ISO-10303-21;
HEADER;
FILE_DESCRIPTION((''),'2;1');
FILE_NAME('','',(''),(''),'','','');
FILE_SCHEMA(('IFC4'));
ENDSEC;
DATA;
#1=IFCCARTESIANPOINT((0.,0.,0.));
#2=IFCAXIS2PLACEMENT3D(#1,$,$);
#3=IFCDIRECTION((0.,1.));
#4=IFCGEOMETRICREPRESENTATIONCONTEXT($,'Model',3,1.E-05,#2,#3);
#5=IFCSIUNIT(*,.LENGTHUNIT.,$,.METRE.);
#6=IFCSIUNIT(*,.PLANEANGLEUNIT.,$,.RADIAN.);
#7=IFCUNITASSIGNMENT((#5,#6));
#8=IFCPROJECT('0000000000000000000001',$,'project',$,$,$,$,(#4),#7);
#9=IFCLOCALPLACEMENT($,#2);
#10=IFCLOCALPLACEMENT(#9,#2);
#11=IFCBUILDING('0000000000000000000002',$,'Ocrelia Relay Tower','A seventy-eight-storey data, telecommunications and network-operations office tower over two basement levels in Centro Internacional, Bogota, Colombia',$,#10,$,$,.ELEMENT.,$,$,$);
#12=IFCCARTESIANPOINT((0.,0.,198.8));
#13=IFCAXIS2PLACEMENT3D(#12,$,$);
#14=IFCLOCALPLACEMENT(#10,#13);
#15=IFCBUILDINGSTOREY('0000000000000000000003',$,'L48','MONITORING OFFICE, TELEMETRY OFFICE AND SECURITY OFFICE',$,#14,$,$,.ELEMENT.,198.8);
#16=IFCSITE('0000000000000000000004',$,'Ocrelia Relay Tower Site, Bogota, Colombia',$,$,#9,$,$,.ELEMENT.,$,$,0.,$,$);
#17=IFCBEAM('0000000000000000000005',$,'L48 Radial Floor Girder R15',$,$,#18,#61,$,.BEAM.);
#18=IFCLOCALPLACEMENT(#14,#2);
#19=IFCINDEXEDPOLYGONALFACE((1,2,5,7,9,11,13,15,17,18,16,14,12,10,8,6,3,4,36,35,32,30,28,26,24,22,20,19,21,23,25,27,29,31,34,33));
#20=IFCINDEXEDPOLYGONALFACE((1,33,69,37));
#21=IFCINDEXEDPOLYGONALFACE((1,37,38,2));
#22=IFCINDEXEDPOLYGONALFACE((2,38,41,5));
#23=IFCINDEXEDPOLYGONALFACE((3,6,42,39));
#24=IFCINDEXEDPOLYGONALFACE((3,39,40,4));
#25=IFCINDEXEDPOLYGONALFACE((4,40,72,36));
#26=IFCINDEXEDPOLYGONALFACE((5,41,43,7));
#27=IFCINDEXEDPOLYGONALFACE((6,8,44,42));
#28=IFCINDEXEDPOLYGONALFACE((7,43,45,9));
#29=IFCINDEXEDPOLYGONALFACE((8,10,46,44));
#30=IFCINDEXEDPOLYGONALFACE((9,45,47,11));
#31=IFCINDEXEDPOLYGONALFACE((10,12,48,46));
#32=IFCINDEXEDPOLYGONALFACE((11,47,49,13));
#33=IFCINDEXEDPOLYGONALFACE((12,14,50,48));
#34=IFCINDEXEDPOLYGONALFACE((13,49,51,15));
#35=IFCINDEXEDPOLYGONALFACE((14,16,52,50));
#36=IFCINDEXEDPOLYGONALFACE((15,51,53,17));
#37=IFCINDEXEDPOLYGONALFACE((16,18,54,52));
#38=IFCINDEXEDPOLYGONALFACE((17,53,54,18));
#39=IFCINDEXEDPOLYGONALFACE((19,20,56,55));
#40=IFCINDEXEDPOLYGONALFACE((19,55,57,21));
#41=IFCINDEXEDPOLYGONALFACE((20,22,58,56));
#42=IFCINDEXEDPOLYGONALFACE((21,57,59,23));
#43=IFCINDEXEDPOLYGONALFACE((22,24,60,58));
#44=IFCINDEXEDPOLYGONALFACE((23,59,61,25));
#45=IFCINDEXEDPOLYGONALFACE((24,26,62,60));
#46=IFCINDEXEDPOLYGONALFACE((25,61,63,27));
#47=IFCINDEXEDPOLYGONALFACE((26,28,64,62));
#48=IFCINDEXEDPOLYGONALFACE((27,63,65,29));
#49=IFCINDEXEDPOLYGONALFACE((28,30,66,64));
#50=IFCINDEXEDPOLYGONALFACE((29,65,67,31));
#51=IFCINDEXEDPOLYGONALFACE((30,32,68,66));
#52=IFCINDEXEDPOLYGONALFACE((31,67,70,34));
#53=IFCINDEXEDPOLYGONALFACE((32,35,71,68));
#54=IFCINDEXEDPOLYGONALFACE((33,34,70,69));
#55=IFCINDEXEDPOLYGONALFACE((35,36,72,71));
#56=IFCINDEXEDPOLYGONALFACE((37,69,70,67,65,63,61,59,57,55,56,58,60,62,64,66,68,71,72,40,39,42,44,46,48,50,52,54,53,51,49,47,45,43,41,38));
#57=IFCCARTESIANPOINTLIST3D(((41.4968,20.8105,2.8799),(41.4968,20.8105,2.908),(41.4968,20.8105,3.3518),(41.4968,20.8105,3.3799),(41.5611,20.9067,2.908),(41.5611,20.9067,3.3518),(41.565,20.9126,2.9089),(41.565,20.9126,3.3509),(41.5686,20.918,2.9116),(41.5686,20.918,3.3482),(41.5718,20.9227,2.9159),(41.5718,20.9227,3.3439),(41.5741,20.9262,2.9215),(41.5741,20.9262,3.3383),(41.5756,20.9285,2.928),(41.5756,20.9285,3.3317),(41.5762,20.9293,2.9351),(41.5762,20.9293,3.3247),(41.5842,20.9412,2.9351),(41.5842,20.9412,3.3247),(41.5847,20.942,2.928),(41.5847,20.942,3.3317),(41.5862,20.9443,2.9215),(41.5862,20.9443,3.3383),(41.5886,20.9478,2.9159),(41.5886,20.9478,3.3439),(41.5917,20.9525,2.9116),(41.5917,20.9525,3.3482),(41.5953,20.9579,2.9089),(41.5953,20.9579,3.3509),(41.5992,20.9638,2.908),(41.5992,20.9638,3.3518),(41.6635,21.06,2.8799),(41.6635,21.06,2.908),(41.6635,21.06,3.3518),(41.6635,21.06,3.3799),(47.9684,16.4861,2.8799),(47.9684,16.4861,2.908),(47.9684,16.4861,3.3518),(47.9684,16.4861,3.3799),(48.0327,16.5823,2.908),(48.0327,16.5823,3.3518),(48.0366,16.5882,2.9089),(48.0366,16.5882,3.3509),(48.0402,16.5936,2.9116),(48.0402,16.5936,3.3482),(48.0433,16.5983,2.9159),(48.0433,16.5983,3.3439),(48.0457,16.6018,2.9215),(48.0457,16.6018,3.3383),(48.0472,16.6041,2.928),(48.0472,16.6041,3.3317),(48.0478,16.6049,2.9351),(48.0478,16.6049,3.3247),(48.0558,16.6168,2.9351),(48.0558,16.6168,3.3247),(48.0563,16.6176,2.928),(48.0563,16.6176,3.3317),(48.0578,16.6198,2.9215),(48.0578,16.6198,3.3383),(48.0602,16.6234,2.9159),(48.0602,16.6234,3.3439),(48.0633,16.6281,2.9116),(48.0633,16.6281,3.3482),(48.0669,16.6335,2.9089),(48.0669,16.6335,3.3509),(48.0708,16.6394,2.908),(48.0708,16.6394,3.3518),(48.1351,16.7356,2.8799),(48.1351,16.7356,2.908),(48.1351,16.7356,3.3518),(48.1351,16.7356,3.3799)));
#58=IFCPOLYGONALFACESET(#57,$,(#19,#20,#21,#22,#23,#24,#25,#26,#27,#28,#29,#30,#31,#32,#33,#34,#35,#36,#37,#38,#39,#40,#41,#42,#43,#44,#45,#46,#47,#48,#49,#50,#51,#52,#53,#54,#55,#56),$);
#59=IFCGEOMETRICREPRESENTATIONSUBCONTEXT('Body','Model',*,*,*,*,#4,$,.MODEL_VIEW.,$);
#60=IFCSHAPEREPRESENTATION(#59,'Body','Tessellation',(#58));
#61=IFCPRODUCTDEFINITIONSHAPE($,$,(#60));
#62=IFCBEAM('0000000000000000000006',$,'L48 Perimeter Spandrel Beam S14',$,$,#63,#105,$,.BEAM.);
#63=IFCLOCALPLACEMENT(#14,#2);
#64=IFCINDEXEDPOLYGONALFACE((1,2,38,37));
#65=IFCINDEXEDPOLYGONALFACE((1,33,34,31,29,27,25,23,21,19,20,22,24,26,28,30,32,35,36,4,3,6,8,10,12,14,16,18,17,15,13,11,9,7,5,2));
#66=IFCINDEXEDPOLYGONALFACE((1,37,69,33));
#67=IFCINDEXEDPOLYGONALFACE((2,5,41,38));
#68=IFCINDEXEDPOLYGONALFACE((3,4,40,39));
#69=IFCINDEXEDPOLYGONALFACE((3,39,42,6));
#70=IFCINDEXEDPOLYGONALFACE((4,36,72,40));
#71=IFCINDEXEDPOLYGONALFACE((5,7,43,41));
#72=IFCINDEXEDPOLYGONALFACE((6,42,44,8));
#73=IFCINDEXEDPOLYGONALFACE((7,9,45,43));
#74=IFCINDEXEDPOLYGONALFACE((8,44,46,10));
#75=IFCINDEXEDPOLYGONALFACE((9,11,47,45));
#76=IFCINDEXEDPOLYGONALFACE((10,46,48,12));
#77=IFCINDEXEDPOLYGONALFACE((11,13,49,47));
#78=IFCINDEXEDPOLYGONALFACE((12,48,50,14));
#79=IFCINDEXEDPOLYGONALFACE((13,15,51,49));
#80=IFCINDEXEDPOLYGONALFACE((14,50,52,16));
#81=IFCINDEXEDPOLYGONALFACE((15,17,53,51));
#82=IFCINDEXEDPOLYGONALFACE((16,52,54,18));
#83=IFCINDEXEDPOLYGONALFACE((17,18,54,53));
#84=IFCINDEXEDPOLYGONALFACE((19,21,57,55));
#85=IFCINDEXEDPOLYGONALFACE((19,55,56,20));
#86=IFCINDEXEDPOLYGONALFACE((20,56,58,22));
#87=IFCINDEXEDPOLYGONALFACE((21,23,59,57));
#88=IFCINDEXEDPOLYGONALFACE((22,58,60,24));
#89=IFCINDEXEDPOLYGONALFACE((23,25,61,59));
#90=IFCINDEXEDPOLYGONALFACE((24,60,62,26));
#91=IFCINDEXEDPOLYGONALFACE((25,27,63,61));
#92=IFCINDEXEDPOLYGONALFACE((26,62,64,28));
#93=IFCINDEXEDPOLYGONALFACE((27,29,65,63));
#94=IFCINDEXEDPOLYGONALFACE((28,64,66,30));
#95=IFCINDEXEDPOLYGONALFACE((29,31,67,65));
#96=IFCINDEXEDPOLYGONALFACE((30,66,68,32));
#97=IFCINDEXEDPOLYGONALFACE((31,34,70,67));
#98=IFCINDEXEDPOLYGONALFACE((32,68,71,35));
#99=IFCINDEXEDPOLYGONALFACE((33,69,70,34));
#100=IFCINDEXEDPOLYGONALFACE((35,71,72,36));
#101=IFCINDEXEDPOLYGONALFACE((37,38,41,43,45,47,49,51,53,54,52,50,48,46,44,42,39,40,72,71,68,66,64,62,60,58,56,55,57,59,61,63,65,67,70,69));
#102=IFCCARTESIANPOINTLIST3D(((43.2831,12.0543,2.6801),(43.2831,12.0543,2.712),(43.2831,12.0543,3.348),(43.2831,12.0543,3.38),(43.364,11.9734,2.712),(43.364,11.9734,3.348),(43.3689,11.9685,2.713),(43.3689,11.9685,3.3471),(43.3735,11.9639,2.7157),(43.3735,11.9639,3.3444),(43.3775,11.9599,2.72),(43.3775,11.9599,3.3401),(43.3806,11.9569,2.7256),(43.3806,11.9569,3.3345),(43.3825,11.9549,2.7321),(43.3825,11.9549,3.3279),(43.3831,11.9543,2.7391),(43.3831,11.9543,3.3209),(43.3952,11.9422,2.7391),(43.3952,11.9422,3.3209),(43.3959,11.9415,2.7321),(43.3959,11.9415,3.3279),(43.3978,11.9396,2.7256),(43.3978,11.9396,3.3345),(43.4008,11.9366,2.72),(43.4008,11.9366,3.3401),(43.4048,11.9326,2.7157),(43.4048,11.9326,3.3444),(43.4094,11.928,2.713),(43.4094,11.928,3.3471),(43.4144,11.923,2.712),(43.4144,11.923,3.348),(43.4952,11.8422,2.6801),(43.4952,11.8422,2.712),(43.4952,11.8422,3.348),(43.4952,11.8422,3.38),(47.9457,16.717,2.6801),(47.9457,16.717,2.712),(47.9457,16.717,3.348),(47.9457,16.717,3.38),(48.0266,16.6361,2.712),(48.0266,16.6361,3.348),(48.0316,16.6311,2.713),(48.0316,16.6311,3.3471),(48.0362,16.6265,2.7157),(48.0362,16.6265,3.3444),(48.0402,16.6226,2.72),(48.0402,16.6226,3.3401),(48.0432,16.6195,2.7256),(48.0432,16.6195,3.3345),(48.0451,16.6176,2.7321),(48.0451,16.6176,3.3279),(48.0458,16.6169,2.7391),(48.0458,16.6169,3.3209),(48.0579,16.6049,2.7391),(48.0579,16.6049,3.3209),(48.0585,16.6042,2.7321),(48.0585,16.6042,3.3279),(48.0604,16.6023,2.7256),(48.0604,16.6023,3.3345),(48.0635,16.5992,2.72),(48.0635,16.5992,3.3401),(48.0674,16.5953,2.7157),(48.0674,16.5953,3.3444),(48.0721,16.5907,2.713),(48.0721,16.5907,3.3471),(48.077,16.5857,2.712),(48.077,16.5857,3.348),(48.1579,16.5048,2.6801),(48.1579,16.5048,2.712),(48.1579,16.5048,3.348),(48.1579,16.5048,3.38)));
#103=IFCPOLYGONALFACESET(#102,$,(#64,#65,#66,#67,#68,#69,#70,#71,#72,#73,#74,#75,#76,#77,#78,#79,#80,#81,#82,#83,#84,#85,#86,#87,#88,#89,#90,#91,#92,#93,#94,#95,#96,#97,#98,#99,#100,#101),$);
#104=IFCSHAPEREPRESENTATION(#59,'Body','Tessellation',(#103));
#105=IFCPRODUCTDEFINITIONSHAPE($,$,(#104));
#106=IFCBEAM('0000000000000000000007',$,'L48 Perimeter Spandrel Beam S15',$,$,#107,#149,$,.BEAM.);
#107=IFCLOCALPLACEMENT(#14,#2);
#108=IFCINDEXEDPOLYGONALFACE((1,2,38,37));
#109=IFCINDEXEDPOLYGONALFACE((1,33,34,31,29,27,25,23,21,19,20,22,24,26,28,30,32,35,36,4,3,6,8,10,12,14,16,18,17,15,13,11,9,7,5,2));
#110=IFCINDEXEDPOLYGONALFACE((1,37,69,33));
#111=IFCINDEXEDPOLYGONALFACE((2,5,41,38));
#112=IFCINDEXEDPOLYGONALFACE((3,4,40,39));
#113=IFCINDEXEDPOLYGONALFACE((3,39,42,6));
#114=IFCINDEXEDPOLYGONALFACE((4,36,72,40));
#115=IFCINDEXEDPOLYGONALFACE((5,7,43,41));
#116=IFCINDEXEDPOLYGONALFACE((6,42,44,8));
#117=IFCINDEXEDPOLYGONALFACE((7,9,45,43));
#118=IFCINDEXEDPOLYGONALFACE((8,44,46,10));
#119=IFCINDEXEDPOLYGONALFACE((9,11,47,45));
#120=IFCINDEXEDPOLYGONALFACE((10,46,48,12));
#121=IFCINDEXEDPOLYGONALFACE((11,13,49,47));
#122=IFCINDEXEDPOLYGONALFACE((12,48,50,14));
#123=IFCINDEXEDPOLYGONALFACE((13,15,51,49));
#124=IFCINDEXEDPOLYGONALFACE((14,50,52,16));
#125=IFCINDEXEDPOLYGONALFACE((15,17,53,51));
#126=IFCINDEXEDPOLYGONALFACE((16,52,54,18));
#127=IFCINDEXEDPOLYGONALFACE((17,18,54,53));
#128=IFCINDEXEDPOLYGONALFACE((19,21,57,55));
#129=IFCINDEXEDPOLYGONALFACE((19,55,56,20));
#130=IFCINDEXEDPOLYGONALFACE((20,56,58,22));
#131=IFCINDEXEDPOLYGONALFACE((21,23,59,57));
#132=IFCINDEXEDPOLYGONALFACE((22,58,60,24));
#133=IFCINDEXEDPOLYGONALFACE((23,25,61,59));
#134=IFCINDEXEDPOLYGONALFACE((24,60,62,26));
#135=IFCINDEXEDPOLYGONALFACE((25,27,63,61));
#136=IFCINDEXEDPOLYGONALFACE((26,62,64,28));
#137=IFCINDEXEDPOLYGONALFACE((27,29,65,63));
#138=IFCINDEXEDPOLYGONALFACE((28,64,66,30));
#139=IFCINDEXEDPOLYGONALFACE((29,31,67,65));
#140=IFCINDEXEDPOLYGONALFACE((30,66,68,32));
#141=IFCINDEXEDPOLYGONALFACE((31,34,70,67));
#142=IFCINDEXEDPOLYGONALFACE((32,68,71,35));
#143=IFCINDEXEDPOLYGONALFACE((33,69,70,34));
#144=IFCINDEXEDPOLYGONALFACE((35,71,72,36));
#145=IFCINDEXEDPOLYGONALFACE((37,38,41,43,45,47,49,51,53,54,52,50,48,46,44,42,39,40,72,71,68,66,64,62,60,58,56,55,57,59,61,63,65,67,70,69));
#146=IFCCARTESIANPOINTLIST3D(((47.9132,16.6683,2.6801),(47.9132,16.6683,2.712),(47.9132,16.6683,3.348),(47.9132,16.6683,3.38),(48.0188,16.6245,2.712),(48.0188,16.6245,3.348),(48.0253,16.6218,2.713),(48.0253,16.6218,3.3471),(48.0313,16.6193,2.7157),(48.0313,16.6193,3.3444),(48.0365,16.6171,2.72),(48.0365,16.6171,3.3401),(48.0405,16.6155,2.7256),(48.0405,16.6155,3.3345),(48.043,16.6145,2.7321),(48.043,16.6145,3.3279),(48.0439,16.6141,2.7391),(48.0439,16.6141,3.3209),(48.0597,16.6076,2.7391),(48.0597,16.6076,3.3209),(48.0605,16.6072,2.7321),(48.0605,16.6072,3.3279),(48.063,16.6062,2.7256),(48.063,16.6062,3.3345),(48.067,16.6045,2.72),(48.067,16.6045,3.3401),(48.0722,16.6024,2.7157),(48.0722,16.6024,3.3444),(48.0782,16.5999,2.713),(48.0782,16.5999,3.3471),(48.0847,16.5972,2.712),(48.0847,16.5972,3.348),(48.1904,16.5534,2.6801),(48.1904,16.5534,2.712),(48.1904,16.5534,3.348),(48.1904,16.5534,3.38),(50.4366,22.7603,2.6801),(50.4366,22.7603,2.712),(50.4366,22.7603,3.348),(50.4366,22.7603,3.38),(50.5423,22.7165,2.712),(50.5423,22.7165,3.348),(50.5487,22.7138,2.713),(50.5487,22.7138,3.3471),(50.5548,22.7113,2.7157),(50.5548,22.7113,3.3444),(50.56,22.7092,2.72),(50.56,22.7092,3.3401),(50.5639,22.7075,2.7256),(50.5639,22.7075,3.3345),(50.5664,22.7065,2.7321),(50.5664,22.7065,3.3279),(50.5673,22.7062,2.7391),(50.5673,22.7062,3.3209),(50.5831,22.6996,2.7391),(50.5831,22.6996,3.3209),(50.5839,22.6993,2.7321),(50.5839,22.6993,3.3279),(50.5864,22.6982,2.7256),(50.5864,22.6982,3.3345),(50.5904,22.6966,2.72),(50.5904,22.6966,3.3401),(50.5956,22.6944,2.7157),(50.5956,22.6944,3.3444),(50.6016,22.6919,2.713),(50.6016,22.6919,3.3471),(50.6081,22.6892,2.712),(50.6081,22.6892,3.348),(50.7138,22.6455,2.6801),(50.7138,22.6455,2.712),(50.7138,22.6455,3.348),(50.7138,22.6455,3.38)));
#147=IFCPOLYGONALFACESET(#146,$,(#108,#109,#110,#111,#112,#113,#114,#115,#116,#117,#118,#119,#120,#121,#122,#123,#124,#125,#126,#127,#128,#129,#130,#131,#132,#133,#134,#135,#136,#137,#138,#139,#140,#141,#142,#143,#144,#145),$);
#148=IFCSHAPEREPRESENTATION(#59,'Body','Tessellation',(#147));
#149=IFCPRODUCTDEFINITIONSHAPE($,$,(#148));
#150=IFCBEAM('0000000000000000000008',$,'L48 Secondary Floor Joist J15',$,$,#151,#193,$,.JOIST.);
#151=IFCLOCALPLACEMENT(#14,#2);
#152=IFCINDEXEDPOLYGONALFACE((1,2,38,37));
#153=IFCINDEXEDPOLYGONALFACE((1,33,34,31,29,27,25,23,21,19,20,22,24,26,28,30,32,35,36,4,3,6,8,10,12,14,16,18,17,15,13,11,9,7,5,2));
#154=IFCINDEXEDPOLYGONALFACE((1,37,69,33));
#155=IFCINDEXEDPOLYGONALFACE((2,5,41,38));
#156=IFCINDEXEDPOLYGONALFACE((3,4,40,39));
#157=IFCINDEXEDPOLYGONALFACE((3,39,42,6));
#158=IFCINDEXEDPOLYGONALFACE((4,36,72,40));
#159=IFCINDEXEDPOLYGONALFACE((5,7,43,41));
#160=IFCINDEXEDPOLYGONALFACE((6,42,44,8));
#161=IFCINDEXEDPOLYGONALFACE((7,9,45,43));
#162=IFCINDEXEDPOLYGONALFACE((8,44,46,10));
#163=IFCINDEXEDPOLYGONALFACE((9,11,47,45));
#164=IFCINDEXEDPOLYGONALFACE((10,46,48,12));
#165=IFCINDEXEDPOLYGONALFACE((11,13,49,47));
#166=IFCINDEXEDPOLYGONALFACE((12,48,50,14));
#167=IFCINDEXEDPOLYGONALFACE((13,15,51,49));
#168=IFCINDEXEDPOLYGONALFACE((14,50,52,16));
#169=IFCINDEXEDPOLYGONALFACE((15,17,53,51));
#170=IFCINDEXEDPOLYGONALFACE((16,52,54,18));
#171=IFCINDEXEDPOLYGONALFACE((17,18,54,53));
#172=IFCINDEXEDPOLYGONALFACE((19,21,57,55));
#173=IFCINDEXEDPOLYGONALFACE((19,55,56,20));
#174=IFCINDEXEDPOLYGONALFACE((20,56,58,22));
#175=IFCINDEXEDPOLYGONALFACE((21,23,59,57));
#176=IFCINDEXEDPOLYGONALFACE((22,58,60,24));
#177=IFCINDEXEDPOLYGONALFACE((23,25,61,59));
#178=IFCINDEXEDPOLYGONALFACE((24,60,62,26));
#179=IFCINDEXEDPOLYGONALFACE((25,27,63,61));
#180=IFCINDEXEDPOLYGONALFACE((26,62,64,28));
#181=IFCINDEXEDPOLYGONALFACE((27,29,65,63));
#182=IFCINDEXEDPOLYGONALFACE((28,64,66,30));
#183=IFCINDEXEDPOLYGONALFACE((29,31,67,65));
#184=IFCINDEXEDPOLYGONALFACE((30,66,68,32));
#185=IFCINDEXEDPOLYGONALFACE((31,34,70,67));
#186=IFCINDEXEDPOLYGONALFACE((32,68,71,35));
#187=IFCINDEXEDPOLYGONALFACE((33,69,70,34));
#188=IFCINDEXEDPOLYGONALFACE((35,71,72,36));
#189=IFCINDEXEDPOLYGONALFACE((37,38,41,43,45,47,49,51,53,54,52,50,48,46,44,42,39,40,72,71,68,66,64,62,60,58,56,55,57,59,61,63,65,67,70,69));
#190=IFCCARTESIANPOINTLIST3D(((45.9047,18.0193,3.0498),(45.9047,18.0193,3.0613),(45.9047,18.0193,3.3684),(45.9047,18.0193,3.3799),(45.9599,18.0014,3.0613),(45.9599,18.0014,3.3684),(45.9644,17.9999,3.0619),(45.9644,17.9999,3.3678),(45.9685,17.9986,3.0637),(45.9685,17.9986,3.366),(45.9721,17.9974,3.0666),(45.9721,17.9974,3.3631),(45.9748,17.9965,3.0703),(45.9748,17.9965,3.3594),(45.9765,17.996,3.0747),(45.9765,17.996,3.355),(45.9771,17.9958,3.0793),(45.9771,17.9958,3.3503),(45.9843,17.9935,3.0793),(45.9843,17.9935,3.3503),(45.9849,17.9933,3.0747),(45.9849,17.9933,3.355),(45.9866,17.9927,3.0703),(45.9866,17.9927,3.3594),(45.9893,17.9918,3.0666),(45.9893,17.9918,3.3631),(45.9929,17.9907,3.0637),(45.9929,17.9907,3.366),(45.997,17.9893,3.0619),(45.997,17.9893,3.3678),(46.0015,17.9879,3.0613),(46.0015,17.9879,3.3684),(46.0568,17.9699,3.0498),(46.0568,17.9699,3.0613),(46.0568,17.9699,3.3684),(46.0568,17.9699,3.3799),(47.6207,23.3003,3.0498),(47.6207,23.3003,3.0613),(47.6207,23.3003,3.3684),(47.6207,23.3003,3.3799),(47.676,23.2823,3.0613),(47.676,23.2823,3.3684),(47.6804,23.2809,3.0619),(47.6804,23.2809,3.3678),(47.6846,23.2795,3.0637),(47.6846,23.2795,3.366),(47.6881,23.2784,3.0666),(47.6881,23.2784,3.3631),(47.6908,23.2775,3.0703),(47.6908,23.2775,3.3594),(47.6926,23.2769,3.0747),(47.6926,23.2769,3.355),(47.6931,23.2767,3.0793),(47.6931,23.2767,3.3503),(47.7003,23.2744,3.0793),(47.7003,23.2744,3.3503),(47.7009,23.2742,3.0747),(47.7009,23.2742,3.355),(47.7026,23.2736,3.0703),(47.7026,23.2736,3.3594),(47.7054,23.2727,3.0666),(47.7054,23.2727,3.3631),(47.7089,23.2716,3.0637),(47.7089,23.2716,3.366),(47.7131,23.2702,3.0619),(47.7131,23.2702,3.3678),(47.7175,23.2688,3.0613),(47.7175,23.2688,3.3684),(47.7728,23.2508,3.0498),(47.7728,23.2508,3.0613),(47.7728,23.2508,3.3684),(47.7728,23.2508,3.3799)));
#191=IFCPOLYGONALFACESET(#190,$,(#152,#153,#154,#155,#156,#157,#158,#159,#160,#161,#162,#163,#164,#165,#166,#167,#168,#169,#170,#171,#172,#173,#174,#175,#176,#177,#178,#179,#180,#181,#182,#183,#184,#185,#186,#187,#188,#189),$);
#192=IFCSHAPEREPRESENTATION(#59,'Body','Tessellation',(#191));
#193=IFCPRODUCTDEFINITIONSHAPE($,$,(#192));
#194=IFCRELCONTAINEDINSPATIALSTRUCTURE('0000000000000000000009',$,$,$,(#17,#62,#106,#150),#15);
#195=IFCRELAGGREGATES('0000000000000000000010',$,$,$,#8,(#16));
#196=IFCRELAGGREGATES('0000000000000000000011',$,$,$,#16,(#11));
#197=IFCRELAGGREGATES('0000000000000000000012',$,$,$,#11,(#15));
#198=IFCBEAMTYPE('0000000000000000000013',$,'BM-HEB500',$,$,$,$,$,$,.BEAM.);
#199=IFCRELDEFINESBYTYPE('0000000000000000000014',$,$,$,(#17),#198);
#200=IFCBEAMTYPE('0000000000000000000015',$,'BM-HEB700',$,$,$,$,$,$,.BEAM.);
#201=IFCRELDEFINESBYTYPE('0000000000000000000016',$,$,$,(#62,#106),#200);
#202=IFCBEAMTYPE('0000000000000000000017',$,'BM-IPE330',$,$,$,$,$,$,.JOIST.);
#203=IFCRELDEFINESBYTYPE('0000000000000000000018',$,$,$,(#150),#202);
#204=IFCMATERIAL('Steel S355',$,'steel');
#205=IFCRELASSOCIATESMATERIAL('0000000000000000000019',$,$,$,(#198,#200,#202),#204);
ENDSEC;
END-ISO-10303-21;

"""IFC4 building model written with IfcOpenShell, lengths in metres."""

from ifc_helpers import new_model, si_unit, direction, frame, origin, origin_2d, place, context, subcontext, project, spatial, i_section, extrude, material, material_profile, profile_set, type_object, element, save


model = new_model("IFC4")

# Units and contexts
model_context = context("Model", 3, precision=1e-05, world=origin(), true_north=direction((0.0, 1.0)))
body_context = subcontext(model_context, "Body", "Model", "MODEL_VIEW")
ifc_project = project(units=[si_unit("LENGTHUNIT", "METRE"), si_unit("PLANEANGLEUNIT", "RADIAN")], contexts=[model_context])

# Site, building, storey
site_placement = place(None, origin())
site = spatial("IfcSite", under=ifc_project, at=site_placement, Name="Ocrelia Relay Tower Site, Bogota, Colombia", CompositionType="ELEMENT", RefElevation=0.0)
building_placement = place(site_placement, origin())
building = spatial("IfcBuilding", under=site, at=building_placement, Name="Ocrelia Relay Tower", Description="A seventy-eight-storey data, telecommunications and network-operations office tower over two basement levels in Centro Internacional, Bogota, Colombia", CompositionType="ELEMENT")
storey_placement = place(building_placement, frame((0.0, 0.0, 198.8)))
storey = spatial("IfcBuildingStorey", under=building, at=storey_placement, Name="L48", Description="MONITORING OFFICE, TELEMETRY OFFICE AND SECURITY OFFICE", CompositionType="ELEMENT", Elevation=198.8)

# Beams
ifc_material_1 = material(Name="Steel S355", Category="steel")
ifc_material_profile_1 = material_profile(ifc_material_1, i_section(OverallWidth=0.3, OverallDepth=0.5, WebThickness=0.0144, FlangeThickness=0.0281, FilletRadius=0.0271, at=origin_2d()), Name="HEB 500")
ifc_profile_set_1 = profile_set([ifc_material_profile_1], Name="Steel S355")
beam_type_1 = type_object("IfcBeamType", Name="BM-HEB500", PredefinedType="BEAM", material=ifc_profile_set_1)
beam_1_placement = place(storey_placement, frame((48.0518, 16.6108, 3.1299), z_axis=(-0.831456, 0.55559, 0.0), x_axis=(-0.55559, -0.831456, 0.0)))
element("IfcBeam", 1, at=beam_1_placement, inside=storey, type_object=beam_type_1, Name="L48 Radial Floor Girder R15", PredefinedType="BEAM", context=body_context, shape_type="SweptSolid", body=[
    extrude(i_section(OverallWidth=0.3, OverallDepth=0.5, WebThickness=0.0144, FlangeThickness=0.0281, FilletRadius=0.0271, at=origin_2d()), origin(), (0.0, 0.0, 1.0), 7.7834),
])
ifc_material_profile_2 = material_profile(ifc_material_1, i_section(OverallWidth=0.3, OverallDepth=0.7, WebThickness=0.0171, FlangeThickness=0.032, FilletRadius=0.0271, at=origin_2d()), Name="HEB 700")
ifc_profile_set_2 = profile_set([ifc_material_profile_2], Name="Steel S355")
beam_type_2 = type_object("IfcBeamType", Name="BM-HEB700", PredefinedType="BEAM", material=ifc_profile_set_2)
for number, where, z_axis, x_axis, name in (
    (2, (43.3892, 11.9482, 3.03), (0.707107, 0.707107, 0.0), (-0.707107, 0.707107, 0.0), "L48 Perimeter Spandrel Beam S14"),
    (3, (48.0518, 16.6108, 3.03), (0.382688, 0.923878, 0.0), (-0.923878, 0.382688, 0.0), "L48 Perimeter Spandrel Beam S15"),
):
    element("IfcBeam", number, at=place(storey_placement, frame(where, z_axis=z_axis, x_axis=x_axis)), inside=storey, type_object=beam_type_2, Name=name, PredefinedType="BEAM", context=body_context, shape_type="SweptSolid", body=[
        extrude(i_section(OverallWidth=0.3, OverallDepth=0.7, WebThickness=0.0171, FlangeThickness=0.032, FilletRadius=0.0271, at=origin_2d()), origin(), (0.0, 0.0, 1.0), 6.594),
    ])
ifc_material_profile_3 = material_profile(ifc_material_1, i_section(OverallWidth=0.1599, OverallDepth=0.3301, WebThickness=0.0076, FlangeThickness=0.0115, FilletRadius=0.0181, at=origin_2d()), Name="IPE 330")
ifc_profile_set_3 = profile_set([ifc_material_profile_3], Name="Steel S355")
beam_type_3 = type_object("IfcBeamType", Name="BM-IPE330", PredefinedType="JOIST", material=ifc_profile_set_3)
beam_2_placement = place(storey_placement, frame((45.9807, 17.9946, 3.2148), z_axis=(0.309043, 0.951048, 0.0), x_axis=(-0.951048, 0.309043, 0.0)))
element("IfcBeam", 4, at=beam_2_placement, inside=storey, type_object=beam_type_3, Name="L48 Secondary Floor Joist J15", PredefinedType="JOIST", context=body_context, shape_type="SweptSolid", body=[
    extrude(i_section(OverallWidth=0.1599, OverallDepth=0.3301, WebThickness=0.0076, FlangeThickness=0.0115, FilletRadius=0.0181, at=origin_2d()), origin(), (0.0, 0.0, 1.0), 5.5527),
])

save(model, "model.ifc")
